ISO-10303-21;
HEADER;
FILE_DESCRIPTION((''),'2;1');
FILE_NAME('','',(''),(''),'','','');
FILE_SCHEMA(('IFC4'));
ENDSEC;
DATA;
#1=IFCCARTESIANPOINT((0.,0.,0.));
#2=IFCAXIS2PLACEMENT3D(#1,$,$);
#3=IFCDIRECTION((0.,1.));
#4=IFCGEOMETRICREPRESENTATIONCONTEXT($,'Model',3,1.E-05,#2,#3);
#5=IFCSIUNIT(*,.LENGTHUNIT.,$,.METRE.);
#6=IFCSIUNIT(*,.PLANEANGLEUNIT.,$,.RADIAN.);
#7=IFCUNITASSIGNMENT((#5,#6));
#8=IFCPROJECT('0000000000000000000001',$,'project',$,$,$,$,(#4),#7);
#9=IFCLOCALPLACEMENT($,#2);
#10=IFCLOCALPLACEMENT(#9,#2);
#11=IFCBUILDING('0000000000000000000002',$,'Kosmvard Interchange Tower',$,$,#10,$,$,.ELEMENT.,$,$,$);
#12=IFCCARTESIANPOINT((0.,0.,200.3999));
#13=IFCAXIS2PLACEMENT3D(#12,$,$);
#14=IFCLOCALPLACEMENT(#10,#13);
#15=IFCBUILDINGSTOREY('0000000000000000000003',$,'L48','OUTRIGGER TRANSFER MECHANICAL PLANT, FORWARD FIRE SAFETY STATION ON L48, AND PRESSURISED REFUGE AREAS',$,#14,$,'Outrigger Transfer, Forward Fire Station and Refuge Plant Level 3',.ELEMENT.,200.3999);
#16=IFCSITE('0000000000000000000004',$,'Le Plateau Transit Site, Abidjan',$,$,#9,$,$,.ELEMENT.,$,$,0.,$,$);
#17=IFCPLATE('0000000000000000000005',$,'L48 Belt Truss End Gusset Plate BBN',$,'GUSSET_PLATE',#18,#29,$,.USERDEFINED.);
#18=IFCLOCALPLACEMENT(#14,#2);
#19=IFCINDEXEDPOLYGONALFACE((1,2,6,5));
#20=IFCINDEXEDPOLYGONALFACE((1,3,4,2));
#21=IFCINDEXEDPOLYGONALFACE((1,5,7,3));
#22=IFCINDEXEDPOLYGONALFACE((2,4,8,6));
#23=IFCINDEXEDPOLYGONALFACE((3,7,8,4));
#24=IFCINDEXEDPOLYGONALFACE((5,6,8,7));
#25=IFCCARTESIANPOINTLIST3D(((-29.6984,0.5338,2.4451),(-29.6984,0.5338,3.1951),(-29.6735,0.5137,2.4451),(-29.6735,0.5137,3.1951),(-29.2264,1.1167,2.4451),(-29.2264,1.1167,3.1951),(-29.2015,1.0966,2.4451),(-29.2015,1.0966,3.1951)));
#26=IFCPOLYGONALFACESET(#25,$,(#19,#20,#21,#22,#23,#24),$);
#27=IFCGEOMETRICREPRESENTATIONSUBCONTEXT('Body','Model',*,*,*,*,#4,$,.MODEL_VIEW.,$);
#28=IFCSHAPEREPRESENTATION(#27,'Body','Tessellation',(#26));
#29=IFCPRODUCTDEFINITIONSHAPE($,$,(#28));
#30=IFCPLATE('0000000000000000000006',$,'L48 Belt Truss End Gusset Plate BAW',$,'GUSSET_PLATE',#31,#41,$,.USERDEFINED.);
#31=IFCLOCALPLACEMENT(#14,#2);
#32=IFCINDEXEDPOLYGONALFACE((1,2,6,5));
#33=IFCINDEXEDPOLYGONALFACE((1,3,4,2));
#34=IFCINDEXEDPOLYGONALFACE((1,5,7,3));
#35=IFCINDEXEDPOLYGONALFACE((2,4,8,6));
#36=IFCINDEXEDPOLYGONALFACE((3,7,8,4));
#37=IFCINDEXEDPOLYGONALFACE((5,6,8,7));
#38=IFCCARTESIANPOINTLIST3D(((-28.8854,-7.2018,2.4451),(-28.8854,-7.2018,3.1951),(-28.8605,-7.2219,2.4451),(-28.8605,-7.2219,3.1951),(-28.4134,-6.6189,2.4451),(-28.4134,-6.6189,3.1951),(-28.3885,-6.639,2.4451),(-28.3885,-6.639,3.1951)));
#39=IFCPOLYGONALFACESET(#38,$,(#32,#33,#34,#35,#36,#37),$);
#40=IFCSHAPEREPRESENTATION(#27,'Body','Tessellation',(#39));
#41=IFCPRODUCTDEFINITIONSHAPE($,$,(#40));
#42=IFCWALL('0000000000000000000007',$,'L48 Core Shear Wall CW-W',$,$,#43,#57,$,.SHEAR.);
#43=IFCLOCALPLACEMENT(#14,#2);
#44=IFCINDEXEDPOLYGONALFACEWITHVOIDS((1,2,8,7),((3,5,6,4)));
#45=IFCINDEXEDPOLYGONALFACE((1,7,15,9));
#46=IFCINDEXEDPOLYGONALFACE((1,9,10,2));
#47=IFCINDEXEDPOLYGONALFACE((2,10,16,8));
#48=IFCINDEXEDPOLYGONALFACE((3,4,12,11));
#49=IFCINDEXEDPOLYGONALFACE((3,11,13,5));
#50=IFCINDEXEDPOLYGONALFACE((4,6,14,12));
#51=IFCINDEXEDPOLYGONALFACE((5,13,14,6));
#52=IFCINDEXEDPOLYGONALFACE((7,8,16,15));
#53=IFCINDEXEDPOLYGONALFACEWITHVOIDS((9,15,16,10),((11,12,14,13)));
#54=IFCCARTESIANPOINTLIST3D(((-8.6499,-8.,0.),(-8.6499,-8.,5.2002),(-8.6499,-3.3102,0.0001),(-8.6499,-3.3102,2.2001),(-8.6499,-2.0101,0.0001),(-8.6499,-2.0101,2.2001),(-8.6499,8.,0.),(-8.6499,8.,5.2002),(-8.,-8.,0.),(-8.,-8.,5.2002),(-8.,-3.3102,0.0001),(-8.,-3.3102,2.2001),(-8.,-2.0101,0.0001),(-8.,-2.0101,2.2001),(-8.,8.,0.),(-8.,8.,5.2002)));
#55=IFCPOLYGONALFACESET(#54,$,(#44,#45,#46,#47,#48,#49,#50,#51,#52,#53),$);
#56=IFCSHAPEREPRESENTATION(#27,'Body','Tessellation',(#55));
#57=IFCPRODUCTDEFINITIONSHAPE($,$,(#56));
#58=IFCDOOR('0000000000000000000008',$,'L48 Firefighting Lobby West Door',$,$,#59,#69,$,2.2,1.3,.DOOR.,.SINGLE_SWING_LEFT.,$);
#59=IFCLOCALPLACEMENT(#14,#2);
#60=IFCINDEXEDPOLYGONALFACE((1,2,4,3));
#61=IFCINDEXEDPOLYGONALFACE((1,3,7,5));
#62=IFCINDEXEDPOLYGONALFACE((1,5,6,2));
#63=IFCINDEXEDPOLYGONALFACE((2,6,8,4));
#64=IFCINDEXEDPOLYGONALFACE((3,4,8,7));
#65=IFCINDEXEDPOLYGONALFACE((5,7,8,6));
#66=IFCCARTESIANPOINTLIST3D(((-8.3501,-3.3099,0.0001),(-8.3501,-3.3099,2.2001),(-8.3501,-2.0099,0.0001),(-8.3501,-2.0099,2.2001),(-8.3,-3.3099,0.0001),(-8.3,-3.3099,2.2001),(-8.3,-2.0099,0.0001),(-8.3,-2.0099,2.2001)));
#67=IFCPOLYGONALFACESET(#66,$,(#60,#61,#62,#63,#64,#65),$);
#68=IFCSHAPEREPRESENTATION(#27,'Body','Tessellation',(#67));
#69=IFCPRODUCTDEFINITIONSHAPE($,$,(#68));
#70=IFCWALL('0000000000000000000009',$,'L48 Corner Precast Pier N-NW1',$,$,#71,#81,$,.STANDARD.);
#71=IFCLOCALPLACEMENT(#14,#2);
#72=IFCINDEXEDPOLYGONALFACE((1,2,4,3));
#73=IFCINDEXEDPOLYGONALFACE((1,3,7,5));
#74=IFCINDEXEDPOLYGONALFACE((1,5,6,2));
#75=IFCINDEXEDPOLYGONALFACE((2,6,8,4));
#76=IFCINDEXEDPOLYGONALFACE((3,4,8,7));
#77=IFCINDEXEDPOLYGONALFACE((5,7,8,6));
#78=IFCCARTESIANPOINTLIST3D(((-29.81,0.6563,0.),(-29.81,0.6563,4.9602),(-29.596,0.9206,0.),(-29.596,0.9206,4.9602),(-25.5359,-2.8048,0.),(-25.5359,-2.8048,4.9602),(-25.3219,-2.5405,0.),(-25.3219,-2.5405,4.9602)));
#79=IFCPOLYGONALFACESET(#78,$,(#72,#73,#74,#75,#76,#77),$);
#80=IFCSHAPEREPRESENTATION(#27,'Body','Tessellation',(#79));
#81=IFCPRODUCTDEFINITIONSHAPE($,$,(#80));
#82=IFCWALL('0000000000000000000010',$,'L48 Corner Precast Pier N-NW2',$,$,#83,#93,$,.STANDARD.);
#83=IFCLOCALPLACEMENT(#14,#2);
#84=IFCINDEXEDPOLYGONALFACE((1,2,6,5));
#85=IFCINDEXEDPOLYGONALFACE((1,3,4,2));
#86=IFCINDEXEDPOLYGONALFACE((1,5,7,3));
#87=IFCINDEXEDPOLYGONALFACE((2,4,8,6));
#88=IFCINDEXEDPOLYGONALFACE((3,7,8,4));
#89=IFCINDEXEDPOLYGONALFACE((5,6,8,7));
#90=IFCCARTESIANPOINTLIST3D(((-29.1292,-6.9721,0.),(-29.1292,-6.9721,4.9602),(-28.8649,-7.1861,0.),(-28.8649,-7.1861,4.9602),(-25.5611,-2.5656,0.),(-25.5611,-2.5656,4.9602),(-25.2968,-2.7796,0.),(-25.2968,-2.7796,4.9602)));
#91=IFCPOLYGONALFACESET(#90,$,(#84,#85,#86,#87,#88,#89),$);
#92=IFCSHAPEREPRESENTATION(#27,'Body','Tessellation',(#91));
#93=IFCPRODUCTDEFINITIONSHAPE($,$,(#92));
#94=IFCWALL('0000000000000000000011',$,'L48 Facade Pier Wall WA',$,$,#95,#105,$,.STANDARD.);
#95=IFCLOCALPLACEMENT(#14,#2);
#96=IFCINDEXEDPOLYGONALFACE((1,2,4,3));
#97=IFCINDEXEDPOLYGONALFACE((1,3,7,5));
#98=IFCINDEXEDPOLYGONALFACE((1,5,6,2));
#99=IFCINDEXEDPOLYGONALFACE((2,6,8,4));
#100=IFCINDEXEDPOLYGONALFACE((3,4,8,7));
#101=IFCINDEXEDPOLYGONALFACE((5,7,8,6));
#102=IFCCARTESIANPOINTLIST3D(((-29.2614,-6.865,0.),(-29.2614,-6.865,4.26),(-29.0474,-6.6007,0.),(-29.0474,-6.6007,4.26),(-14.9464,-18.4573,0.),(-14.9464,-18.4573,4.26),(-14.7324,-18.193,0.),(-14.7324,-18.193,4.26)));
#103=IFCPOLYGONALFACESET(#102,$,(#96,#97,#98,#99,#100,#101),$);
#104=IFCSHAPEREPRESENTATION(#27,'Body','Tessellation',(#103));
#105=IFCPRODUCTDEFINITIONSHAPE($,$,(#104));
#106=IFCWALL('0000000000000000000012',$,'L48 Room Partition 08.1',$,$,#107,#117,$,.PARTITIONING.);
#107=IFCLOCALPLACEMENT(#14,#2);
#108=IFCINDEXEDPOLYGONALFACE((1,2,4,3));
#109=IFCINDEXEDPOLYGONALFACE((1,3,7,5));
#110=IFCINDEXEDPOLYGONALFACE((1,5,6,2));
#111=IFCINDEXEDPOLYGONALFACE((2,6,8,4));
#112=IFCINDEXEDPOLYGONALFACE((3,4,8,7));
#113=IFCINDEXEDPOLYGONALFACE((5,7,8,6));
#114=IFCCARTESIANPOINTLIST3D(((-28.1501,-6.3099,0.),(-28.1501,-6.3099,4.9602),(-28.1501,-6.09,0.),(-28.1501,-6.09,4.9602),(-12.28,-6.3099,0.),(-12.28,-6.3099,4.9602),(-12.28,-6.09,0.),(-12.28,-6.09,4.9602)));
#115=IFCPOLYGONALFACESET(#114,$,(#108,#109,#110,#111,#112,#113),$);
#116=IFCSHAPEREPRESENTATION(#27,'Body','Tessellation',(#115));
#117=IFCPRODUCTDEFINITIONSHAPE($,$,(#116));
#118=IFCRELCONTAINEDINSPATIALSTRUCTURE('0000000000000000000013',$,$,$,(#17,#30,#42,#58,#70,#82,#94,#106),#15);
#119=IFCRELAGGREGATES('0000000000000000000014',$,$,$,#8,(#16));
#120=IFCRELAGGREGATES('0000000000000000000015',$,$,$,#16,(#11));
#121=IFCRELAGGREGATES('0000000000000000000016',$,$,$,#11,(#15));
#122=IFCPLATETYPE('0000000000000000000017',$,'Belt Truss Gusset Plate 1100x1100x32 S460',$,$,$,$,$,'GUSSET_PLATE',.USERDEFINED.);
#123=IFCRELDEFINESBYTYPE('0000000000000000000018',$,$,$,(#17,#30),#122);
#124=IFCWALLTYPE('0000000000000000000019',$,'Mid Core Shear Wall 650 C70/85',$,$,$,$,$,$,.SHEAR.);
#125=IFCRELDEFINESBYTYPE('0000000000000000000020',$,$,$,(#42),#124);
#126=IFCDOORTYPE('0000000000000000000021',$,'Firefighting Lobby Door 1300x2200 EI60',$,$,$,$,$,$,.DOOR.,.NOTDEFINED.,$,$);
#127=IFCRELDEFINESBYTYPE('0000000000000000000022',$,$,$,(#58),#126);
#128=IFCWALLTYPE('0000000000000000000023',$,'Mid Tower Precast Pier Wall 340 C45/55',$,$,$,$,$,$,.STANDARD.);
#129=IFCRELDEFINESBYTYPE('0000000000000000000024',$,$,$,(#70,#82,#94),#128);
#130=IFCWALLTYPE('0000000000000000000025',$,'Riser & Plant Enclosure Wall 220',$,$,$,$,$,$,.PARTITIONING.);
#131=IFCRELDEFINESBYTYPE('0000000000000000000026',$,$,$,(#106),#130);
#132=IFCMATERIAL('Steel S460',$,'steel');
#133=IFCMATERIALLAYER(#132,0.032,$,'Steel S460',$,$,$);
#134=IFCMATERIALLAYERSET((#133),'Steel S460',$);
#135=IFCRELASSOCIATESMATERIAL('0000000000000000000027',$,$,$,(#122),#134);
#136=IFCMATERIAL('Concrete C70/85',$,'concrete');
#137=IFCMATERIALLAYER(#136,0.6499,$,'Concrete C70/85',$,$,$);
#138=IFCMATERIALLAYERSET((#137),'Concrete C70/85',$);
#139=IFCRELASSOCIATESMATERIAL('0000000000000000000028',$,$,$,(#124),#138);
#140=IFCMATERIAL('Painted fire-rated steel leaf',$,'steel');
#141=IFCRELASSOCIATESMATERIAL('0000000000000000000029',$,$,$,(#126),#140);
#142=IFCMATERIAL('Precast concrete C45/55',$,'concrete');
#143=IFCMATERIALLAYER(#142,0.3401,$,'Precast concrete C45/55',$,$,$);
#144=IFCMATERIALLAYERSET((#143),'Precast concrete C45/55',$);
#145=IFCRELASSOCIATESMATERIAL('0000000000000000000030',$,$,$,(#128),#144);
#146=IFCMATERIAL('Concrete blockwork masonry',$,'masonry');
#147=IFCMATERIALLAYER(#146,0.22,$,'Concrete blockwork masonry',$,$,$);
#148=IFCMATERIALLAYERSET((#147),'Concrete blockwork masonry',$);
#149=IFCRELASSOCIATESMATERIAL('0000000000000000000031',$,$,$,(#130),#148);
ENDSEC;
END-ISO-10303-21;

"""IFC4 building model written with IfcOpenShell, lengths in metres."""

from ifc_helpers import new_model, si_unit, direction, frame, frame_2d, origin, origin_2d, place, context, subcontext, project, spatial, rectangle, extrude, source, transform, mapped, material, layer, layer_set, type_object, element, fill, save


model = new_model("IFC4")

# Units and contexts
model_context = context("Model", 3, precision=1e-05, world=origin(), true_north=direction((0.0, 1.0)))
body_context = subcontext(model_context, "Body", "Model", "MODEL_VIEW")
ifc_project = project(units=[si_unit("LENGTHUNIT", "METRE"), si_unit("PLANEANGLEUNIT", "RADIAN")], contexts=[model_context])

# Site, building, storey
site_placement = place(None, origin())
site = spatial("IfcSite", under=ifc_project, at=site_placement, Name="Le Plateau Transit Site, Abidjan", CompositionType="ELEMENT", RefElevation=0.0)
building_placement = place(site_placement, origin())
building = spatial("IfcBuilding", under=site, at=building_placement, Name="Kosmvard Interchange Tower", CompositionType="ELEMENT")
storey_placement = place(building_placement, frame((0.0, 0.0, 200.3999)))
storey = spatial("IfcBuildingStorey", under=building, at=storey_placement, Name="L48", Description="OUTRIGGER TRANSFER MECHANICAL PLANT, FORWARD FIRE SAFETY STATION ON L48, AND PRESSURISED REFUGE AREAS", LongName="Outrigger Transfer, Forward Fire Station and Refuge Plant Level 3", CompositionType="ELEMENT", Elevation=200.3999)

# Shared definitions
ifc_material_1 = material(Name="Steel S460", Category="steel")

# Plates
ifc_layer_1 = layer(ifc_material_1, 0.032, Name="Steel S460")
ifc_layer_set_1 = layer_set([ifc_layer_1], Name="Steel S460")
plate_type = type_object("IfcPlateType", Name="Belt Truss Gusset Plate 1100x1100x32 S460", ElementType="GUSSET_PLATE", PredefinedType="USERDEFINED", material=ifc_layer_set_1)
shared_shape_1 = source(origin(), body_context, "Body", "SweptSolid", [
    extrude(rectangle(XDim=0.75, YDim=0.032, at=origin_2d()), origin(), (0.0, 0.0, 1.0), 0.75),
])
for number, where, z_axis, x_axis, name in (
    (1, (-29.45, 0.8152, 2.4451), (0.0, 0.0, 1.0), (0.62932, 0.777146, 0.0), "L48 Belt Truss End Gusset Plate BBN"),
    (2, (-28.637, -6.9204, 2.4451), (0.0, 0.0, 1.0), (0.62932, 0.777146, 0.0), "L48 Belt Truss End Gusset Plate BAW"),
):
    element("IfcPlate", number, at=place(storey_placement, frame(where, z_axis=z_axis, x_axis=x_axis)), inside=storey, type_object=plate_type, Name=name, ObjectType="GUSSET_PLATE", PredefinedType="USERDEFINED", context=body_context, shape_type="MappedRepresentation", body=[
        mapped(shared_shape_1, transform((0.0, 0.0, 0.0), scale=1.0)),
    ])

# Wall, opening, door
ifc_material_2 = material(Name="Concrete C70/85", Category="concrete")
ifc_layer_2 = layer(ifc_material_2, 0.6499, Name="Concrete C70/85")
ifc_layer_set_2 = layer_set([ifc_layer_2], Name="Concrete C70/85")
wall_type_1 = type_object("IfcWallType", Name="Mid Core Shear Wall 650 C70/85", PredefinedType="SHEAR", material=ifc_layer_set_2)
wall_1_placement = place(storey_placement, frame((-8.325, -8.0, 0.0), z_axis=(0.0, 0.0, 1.0), x_axis=(0.0, 1.0, 0.0)))
wall_1 = element("IfcWall", 3, at=wall_1_placement, inside=storey, type_object=wall_type_1, Name="L48 Core Shear Wall CW-W", PredefinedType="SHEAR", context=body_context, shape_type="SweptSolid", body=[
    extrude(rectangle(XDim=16.0, YDim=0.6499, at=frame_2d((8.0, 0.0))), origin(), (0.0, 0.0, 1.0), 5.2002),
])
opening_placement = place(wall_1_placement, frame((4.6899, 0.0, 0.0)))
opening = element("IfcOpeningElement", 4, at=opening_placement, cuts=wall_1, PredefinedType="OPENING", context=body_context, shape_type="SweptSolid", body=[
    extrude(rectangle(XDim=1.3, YDim=2.2, at=frame_2d((0.6499, 1.1001))), frame((0.0, 0.335, 0.0), z_axis=(0.0, -1.0, 0.0), x_axis=(1.0, 0.0, 0.0)), (0.0, 0.0, 1.0), 0.6699),
])
ifc_material_3 = material(Name="Painted fire-rated steel leaf", Category="steel")
door_type = type_object("IfcDoorType", Name="Firefighting Lobby Door 1300x2200 EI60", OperationType="NOTDEFINED", PredefinedType="DOOR", material=ifc_material_3)
shared_shape_2 = source(origin(), body_context, "Body", "SweptSolid", [
    extrude(rectangle(XDim=1.3, YDim=2.2, at=frame_2d((0.6499, 1.1001))), frame((0.0, 0.0249, 0.0), z_axis=(0.0, -1.0, 0.0), x_axis=(1.0, 0.0, 0.0)), (0.0, 0.0, 1.0), 0.05),
])
door_placement = place(opening_placement, frame((1.3, 0.0, 0.0), z_axis=(0.0, 0.0, 1.0), x_axis=(-1.0, 0.0, 0.0)))
door = element("IfcDoor", 5, at=door_placement, inside=storey, type_object=door_type, Name="L48 Firefighting Lobby West Door", OperationType="SINGLE_SWING_LEFT", OverallHeight=2.2, OverallWidth=1.3, PredefinedType="DOOR", context=body_context, shape_type="MappedRepresentation", body=[
    mapped(shared_shape_2, transform((0.0, 0.0, 0.0), scale=1.0)),
])
fill(opening, door)

# Walls
ifc_material_4 = material(Name="Precast concrete C45/55", Category="concrete")
ifc_layer_3 = layer(ifc_material_4, 0.3401, Name="Precast concrete C45/55")
ifc_layer_set_3 = layer_set([ifc_layer_3], Name="Precast concrete C45/55")
wall_type_2 = type_object("IfcWallType", Name="Mid Tower Precast Pier Wall 340 C45/55", PredefinedType="STANDARD", material=ifc_layer_set_3)
wall_2_placement = place(storey_placement, frame((-29.7031, 0.7886, 0.0), z_axis=(0.0, 0.0, 1.0), x_axis=(0.777144, -0.629323, 0.0)))
element("IfcWall", 6, at=wall_2_placement, inside=storey, type_object=wall_type_2, Name="L48 Corner Precast Pier N-NW1", PredefinedType="STANDARD", context=body_context, shape_type="SweptSolid", body=[
    extrude(rectangle(XDim=5.4998, YDim=0.3401, at=frame_2d((2.75, 0.0))), origin(), (0.0, 0.0, 1.0), 4.9602),
])
wall_3_placement = place(storey_placement, frame((-25.429, -2.6726, 0.0), z_axis=(0.0, 0.0, 1.0), x_axis=(-0.6293, -0.777163, 0.0)))
element("IfcWall", 7, at=wall_3_placement, inside=storey, type_object=wall_type_2, Name="L48 Corner Precast Pier N-NW2", PredefinedType="STANDARD", context=body_context, shape_type="SweptSolid", body=[
    extrude(rectangle(XDim=5.6699, YDim=0.3401, at=frame_2d((2.835, 0.0))), origin(), (0.0, 0.0, 1.0), 4.9602),
])
wall_4_placement = place(storey_placement, frame((-29.1543, -6.7329, 0.0), z_axis=(0.0, 0.0, 1.0), x_axis=(0.777139, -0.629329, 0.0)))
element("IfcWall", 8, at=wall_4_placement, inside=storey, type_object=wall_type_2, Name="L48 Facade Pier Wall WA", PredefinedType="STANDARD", context=body_context, shape_type="SweptSolid", body=[
    extrude(rectangle(XDim=18.4202, YDim=0.3401, at=frame_2d((9.21, 0.0))), origin(), (0.0, 0.0, 1.0), 4.26),
])
ifc_material_5 = material(Name="Concrete blockwork masonry", Category="masonry")
ifc_layer_4 = layer(ifc_material_5, 0.22, Name="Concrete blockwork masonry")
ifc_layer_set_4 = layer_set([ifc_layer_4], Name="Concrete blockwork masonry")
wall_type_3 = type_object("IfcWallType", Name="Riser & Plant Enclosure Wall 220", PredefinedType="PARTITIONING", material=ifc_layer_set_4)
wall_5_placement = place(storey_placement, frame((-12.28, -6.2, 0.0), z_axis=(0.0, 0.0, 1.0), x_axis=(-1.0, 0.0, 0.0)))
element("IfcWall", 9, at=wall_5_placement, inside=storey, type_object=wall_type_3, Name="L48 Room Partition 08.1", PredefinedType="PARTITIONING", context=body_context, shape_type="SweptSolid", body=[
    extrude(rectangle(XDim=15.8701, YDim=0.22, at=frame_2d((7.9351, 0.0))), origin(), (0.0, 0.0, 1.0), 4.9602),
])

save(model, "model.ifc")
